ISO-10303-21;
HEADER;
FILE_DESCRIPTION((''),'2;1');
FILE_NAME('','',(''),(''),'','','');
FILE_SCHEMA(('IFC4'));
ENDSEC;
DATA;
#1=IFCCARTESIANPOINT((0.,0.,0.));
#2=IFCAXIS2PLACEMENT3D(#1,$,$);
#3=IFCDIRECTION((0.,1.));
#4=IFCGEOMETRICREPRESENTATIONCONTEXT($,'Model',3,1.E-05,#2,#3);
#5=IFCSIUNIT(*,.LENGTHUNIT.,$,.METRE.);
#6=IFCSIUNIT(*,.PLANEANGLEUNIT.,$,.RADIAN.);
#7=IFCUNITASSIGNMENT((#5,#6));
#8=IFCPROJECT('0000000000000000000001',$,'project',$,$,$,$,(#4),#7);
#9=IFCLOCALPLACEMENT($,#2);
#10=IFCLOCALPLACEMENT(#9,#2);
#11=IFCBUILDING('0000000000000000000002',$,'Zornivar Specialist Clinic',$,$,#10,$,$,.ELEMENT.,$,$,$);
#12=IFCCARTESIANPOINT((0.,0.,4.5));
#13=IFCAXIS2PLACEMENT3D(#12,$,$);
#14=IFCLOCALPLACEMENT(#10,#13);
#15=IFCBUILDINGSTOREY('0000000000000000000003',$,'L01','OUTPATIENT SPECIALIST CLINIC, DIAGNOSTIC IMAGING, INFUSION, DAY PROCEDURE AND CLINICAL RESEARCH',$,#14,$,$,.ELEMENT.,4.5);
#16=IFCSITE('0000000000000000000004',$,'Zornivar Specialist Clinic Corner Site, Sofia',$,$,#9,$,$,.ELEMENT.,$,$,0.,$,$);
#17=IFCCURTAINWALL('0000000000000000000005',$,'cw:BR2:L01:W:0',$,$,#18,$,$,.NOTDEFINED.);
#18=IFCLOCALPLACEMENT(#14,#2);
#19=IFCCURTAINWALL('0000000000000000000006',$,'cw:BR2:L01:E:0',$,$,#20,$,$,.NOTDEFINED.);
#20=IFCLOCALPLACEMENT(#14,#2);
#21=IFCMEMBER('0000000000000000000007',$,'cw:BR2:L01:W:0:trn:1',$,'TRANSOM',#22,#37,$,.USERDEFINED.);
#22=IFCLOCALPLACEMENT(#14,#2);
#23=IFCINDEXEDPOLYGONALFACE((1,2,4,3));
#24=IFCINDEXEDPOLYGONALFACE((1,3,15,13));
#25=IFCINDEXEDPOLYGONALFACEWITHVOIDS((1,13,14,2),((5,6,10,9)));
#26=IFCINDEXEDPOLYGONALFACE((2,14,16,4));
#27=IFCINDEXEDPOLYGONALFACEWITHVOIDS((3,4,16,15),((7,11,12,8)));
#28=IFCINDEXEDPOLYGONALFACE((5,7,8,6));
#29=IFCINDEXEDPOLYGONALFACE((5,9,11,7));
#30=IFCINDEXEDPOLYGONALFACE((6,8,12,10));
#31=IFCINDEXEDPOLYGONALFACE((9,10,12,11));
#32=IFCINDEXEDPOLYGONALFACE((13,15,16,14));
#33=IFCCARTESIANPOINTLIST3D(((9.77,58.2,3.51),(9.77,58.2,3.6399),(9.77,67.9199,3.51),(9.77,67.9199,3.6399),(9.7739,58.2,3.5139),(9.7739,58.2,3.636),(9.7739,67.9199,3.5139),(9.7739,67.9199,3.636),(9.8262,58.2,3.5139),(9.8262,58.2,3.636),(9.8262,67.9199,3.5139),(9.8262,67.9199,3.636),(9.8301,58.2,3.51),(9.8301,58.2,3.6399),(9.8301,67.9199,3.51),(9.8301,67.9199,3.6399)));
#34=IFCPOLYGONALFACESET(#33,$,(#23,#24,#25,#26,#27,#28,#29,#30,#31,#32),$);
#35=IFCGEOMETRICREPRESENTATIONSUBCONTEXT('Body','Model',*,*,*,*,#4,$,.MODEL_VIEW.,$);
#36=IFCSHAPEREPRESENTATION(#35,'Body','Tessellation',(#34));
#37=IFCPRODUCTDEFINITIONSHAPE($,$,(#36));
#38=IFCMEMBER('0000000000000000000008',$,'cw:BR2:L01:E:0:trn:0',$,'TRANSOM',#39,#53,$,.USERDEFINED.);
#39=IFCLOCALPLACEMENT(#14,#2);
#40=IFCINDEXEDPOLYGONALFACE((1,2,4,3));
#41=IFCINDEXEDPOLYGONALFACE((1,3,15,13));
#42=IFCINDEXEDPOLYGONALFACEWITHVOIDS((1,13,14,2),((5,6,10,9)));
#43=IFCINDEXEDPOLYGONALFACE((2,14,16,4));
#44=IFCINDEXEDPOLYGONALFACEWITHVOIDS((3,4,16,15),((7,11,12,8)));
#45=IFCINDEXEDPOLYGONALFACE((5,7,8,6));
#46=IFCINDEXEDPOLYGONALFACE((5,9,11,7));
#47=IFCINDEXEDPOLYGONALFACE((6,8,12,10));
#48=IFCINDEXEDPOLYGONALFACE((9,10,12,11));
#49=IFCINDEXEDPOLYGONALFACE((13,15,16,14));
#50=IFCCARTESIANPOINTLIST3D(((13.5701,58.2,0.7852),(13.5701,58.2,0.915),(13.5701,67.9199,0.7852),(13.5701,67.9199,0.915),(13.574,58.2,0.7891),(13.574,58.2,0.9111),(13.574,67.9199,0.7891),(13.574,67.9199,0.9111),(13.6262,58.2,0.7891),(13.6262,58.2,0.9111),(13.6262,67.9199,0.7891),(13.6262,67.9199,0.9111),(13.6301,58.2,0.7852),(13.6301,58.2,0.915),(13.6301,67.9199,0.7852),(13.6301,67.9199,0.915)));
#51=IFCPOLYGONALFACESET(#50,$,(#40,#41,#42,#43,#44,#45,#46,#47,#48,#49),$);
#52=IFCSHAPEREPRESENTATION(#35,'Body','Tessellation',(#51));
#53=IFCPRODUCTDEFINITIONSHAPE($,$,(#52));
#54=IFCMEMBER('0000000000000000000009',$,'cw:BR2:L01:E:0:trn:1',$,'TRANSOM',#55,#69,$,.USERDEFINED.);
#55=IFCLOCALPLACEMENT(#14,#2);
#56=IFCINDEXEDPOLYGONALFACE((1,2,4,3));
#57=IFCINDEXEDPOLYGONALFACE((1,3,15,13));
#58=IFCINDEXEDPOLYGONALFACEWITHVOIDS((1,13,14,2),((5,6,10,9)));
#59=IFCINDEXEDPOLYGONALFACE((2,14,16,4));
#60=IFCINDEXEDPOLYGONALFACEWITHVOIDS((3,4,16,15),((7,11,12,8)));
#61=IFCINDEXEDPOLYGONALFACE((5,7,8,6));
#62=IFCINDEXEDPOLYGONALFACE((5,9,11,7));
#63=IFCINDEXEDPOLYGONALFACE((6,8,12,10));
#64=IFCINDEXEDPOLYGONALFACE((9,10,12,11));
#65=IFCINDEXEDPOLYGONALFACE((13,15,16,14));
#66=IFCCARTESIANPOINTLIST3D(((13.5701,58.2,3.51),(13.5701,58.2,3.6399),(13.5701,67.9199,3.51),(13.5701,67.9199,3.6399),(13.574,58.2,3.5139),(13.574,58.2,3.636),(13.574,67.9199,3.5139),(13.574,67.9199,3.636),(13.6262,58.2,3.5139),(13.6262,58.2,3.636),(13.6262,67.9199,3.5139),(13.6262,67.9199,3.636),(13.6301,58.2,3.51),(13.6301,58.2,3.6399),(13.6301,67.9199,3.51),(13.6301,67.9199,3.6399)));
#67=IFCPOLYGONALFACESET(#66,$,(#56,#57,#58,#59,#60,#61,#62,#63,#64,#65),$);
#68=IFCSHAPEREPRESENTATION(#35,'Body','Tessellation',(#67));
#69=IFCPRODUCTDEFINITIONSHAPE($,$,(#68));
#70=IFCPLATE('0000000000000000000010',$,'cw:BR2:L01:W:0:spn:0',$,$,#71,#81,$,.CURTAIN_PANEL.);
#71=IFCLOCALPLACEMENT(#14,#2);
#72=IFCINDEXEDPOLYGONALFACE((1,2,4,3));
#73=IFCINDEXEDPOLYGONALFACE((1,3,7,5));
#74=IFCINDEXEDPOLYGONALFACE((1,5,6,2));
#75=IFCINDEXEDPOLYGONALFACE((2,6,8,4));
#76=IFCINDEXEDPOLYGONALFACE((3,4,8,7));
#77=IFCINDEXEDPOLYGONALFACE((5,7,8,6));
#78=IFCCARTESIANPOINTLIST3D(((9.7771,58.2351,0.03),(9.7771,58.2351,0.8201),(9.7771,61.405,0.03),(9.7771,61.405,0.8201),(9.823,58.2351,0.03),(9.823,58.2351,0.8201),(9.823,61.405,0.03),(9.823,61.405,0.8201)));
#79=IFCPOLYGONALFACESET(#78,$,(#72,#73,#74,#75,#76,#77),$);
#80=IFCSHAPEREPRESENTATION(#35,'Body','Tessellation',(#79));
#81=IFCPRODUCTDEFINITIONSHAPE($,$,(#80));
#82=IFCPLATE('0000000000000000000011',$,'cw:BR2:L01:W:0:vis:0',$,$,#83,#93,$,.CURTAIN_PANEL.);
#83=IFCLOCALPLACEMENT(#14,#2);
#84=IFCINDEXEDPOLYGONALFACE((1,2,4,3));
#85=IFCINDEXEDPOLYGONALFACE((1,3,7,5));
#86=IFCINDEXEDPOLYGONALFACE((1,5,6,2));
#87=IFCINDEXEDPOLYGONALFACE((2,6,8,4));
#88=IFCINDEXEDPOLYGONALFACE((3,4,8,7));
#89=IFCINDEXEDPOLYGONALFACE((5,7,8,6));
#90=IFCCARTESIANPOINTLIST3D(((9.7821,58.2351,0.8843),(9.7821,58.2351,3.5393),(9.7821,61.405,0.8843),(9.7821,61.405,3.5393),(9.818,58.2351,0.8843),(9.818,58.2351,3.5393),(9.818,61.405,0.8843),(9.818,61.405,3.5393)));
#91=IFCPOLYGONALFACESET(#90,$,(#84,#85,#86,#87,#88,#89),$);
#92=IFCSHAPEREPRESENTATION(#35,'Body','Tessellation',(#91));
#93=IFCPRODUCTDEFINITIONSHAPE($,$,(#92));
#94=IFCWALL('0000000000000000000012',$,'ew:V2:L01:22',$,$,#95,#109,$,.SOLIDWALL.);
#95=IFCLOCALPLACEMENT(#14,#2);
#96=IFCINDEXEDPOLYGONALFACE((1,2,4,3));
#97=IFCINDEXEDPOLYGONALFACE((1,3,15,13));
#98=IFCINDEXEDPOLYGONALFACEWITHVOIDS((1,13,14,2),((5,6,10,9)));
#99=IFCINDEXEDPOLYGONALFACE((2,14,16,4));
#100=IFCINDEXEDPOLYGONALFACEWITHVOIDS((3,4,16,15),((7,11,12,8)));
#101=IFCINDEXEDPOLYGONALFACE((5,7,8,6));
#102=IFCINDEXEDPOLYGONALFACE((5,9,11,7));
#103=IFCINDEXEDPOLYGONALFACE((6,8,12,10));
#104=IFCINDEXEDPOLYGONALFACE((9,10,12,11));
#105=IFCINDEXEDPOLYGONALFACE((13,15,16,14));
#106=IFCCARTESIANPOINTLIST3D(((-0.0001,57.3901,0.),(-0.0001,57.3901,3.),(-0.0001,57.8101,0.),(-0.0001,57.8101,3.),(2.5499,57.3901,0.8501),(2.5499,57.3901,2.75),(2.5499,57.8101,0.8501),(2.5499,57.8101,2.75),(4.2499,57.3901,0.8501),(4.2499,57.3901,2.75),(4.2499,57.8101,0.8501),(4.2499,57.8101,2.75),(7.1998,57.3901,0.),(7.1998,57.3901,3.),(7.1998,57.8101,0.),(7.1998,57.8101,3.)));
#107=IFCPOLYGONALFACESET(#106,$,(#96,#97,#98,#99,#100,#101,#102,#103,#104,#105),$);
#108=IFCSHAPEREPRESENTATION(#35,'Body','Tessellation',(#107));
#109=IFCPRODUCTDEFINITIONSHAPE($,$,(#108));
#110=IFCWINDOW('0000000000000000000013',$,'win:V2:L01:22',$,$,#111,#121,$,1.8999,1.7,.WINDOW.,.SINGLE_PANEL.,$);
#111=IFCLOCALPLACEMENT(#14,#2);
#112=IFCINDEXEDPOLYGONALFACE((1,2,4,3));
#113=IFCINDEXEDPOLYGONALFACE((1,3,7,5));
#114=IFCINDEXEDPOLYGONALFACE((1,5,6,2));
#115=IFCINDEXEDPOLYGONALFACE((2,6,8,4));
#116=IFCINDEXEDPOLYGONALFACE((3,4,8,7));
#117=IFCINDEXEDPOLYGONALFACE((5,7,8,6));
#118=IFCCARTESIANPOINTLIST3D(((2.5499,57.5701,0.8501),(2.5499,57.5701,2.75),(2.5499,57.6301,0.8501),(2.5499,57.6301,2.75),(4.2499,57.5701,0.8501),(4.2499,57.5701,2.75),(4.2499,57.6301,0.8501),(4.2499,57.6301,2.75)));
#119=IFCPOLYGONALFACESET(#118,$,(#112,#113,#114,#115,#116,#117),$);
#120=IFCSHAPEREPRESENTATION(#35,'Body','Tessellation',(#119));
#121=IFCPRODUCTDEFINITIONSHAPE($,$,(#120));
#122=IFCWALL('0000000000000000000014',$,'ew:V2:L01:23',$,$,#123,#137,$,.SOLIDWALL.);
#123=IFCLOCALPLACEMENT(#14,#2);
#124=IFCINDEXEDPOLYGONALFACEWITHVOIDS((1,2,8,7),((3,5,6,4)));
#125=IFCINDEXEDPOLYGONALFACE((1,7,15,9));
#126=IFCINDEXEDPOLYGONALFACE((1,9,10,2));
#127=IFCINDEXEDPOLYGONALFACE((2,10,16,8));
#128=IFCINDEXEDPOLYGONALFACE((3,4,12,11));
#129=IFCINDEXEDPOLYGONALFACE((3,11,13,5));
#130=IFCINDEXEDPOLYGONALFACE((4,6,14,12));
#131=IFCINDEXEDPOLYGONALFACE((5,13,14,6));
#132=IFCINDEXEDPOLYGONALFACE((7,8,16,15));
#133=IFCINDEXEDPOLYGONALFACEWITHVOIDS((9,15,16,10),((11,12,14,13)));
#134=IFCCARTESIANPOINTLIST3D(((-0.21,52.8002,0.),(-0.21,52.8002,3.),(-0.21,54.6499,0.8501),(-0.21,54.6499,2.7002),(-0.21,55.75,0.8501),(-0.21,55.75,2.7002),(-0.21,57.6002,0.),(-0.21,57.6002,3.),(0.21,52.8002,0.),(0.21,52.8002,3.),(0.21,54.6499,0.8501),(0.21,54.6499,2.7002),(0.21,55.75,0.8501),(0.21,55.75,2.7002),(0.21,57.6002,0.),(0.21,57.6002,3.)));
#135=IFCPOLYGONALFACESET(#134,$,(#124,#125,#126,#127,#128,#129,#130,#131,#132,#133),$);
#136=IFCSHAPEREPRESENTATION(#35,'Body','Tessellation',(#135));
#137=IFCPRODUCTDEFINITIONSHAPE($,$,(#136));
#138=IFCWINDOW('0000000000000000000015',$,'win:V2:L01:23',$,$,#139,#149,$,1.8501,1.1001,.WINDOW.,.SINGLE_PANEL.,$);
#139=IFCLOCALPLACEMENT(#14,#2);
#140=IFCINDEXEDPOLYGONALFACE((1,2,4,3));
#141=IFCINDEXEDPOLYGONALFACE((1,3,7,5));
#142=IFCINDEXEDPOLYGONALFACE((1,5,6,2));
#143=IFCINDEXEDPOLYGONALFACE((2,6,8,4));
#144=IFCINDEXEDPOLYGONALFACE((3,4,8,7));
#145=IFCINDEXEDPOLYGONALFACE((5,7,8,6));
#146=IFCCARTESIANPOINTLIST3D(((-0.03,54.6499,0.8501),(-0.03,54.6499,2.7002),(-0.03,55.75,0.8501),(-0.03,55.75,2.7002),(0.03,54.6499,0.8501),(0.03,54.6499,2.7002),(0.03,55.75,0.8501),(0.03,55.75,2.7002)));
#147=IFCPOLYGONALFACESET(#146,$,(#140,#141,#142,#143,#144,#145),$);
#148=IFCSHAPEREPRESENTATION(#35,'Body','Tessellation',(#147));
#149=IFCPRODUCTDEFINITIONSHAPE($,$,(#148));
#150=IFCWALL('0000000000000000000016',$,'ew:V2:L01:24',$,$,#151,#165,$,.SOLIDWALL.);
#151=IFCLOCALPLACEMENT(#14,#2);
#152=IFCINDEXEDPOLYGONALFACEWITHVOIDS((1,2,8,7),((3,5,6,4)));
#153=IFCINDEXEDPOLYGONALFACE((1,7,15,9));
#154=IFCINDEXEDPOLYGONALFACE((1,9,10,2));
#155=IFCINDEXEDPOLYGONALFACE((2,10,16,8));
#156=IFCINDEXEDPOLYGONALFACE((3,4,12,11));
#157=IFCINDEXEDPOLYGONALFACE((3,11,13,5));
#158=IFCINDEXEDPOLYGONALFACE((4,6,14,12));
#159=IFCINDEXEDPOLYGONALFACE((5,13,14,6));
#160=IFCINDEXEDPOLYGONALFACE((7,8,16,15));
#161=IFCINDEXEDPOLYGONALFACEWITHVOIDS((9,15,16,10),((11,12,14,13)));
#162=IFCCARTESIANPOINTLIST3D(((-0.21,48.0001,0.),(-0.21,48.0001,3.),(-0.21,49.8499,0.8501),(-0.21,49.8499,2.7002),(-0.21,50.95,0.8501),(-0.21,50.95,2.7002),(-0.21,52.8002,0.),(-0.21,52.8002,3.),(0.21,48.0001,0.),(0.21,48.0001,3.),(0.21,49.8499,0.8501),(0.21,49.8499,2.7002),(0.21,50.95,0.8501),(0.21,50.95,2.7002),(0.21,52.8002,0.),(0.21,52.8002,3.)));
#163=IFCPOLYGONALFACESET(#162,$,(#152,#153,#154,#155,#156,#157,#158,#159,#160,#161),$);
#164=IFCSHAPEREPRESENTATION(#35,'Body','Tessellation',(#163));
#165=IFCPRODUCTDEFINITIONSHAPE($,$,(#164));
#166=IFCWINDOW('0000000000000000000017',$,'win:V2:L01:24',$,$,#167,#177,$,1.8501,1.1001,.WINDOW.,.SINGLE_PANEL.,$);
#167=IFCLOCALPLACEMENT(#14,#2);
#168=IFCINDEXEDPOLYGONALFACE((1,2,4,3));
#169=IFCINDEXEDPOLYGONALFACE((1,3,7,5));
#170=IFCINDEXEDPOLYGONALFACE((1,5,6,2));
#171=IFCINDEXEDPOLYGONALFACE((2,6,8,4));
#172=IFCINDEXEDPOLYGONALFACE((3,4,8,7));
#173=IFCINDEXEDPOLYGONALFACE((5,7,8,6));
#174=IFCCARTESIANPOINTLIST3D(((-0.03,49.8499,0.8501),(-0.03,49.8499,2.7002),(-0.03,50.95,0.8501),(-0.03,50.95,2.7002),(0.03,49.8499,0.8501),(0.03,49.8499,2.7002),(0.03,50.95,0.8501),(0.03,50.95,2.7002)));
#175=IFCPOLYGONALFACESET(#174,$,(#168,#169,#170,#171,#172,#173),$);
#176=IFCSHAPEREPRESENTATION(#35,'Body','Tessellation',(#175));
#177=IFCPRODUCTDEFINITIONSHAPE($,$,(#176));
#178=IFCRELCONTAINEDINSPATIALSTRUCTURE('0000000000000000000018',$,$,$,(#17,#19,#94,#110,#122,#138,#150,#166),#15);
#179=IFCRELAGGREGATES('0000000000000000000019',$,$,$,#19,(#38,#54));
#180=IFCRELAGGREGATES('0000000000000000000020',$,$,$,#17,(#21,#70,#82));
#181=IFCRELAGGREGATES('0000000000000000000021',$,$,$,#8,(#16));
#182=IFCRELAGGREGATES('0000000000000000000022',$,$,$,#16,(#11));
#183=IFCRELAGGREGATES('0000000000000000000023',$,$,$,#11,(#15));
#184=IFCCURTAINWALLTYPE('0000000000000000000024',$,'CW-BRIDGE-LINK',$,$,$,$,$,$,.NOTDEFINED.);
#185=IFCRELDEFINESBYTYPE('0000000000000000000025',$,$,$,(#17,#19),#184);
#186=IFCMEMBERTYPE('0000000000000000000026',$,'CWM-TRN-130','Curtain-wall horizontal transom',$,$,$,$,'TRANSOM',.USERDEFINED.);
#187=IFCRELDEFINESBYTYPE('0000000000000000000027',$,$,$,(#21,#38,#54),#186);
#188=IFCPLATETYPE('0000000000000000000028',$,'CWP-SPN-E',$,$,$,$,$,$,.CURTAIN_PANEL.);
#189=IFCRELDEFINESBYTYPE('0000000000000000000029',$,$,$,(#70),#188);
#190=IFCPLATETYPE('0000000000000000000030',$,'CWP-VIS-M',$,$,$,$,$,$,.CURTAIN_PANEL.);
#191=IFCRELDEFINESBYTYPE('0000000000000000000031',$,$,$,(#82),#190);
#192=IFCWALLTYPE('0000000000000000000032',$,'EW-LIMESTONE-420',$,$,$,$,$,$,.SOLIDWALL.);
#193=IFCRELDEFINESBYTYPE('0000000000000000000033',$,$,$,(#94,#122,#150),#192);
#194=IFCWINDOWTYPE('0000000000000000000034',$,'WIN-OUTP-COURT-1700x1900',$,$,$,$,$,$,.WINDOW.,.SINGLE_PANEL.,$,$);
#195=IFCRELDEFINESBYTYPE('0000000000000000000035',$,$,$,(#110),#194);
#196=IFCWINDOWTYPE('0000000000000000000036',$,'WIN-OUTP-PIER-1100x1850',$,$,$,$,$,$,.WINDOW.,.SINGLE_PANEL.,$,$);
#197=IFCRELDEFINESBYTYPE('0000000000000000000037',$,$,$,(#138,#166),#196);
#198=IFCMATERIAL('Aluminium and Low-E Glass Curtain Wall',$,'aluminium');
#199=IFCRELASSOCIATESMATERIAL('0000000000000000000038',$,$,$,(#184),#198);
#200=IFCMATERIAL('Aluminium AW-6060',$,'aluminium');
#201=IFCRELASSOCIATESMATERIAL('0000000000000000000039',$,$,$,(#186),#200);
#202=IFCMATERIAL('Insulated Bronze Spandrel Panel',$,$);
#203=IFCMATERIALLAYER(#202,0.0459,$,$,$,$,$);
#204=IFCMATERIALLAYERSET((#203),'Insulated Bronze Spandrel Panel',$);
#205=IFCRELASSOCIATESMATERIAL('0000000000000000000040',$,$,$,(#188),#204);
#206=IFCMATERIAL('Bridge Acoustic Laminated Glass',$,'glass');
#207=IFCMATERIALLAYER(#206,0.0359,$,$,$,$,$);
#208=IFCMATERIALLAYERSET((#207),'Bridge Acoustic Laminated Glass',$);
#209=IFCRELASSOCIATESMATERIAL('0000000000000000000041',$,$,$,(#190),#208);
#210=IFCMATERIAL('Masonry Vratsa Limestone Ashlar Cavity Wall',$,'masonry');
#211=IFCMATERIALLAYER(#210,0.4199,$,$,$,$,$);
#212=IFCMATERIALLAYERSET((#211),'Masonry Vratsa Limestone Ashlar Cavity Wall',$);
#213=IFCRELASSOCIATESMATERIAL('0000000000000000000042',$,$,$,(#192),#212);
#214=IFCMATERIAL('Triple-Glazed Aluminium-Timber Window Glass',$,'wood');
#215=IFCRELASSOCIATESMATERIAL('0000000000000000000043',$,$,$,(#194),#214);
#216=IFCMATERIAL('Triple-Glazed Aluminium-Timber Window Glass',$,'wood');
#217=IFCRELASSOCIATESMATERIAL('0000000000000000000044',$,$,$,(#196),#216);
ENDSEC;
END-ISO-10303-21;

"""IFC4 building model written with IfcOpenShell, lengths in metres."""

from ifc_helpers import new_model, si_unit, direction, frame, frame_2d, origin, origin_2d, place, context, subcontext, project, spatial, rectangle, hollow_rectangle, extrude, material, layer, layer_set, material_profile, profile_set, type_object, element, fill, aggregate, save


model = new_model("IFC4")

# Units and contexts
model_context = context("Model", 3, precision=1e-05, world=origin(), true_north=direction((0.0, 1.0)))
body_context = subcontext(model_context, "Body", "Model", "MODEL_VIEW")
ifc_project = project(units=[si_unit("LENGTHUNIT", "METRE"), si_unit("PLANEANGLEUNIT", "RADIAN")], contexts=[model_context])

# Site, building, storey
site_placement = place(None, origin())
site = spatial("IfcSite", under=ifc_project, at=site_placement, Name="Zornivar Specialist Clinic Corner Site, Sofia", CompositionType="ELEMENT", RefElevation=0.0)
building_placement = place(site_placement, origin())
building = spatial("IfcBuilding", under=site, at=building_placement, Name="Zornivar Specialist Clinic", CompositionType="ELEMENT")
storey_placement = place(building_placement, frame((0.0, 0.0, 4.5)))
storey = spatial("IfcBuildingStorey", under=building, at=storey_placement, Name="L01", Description="OUTPATIENT SPECIALIST CLINIC, DIAGNOSTIC IMAGING, INFUSION, DAY PROCEDURE AND CLINICAL RESEARCH", CompositionType="ELEMENT", Elevation=4.5)

# Curtain walls
ifc_material_1 = material(Name="Aluminium and Low-E Glass Curtain Wall", Category="aluminium")
curtain_wall_type = type_object("IfcCurtainWallType", Name="CW-BRIDGE-LINK", PredefinedType="NOTDEFINED", material=ifc_material_1)
curtain_wall_1_placement = place(storey_placement, origin())
curtain_wall_1 = element("IfcCurtainWall", 1, at=curtain_wall_1_placement, inside=storey, type_object=curtain_wall_type, Name="cw:BR2:L01:W:0", PredefinedType="NOTDEFINED")
curtain_wall_2_placement = place(storey_placement, origin())
curtain_wall_2 = element("IfcCurtainWall", 2, at=curtain_wall_2_placement, inside=storey, type_object=curtain_wall_type, Name="cw:BR2:L01:E:0", PredefinedType="NOTDEFINED")

# Members
ifc_material_2 = material(Name="Aluminium AW-6060", Category="aluminium")
ifc_material_profile_1 = material_profile(ifc_material_2, hollow_rectangle(XDim=0.0601, YDim=0.1299, WallThickness=0.0039, at=origin_2d()), Name="ALU 60x130x4")
ifc_profile_set_1 = profile_set([ifc_material_profile_1], Name="Aluminium AW-6060")
member_type_1 = type_object("IfcMemberType", Name="CWM-TRN-130", Description="Curtain-wall horizontal transom", ElementType="TRANSOM", PredefinedType="USERDEFINED", material=ifc_profile_set_1)
member_1_placement = place(storey_placement, frame((9.8, 58.2, 3.575), z_axis=(0.0, 1.0, 0.0), x_axis=(-1.0, 0.0, 0.0)))
member_1 = element("IfcMember", 3, at=member_1_placement, type_object=member_type_1, Name="cw:BR2:L01:W:0:trn:1", ObjectType="TRANSOM", PredefinedType="USERDEFINED", context=body_context, shape_type="SweptSolid", body=[
    extrude(hollow_rectangle(XDim=0.0601, YDim=0.1299, WallThickness=0.0039, at=origin_2d()), origin(), (0.0, 0.0, 1.0), 9.72),
])
member_2_placement = place(storey_placement, frame((13.6001, 58.2, 0.8501), z_axis=(0.0, 1.0, 0.0), x_axis=(-1.0, 0.0, 0.0)))
member_2 = element("IfcMember", 4, at=member_2_placement, type_object=member_type_1, Name="cw:BR2:L01:E:0:trn:0", ObjectType="TRANSOM", PredefinedType="USERDEFINED", context=body_context, shape_type="SweptSolid", body=[
    extrude(hollow_rectangle(XDim=0.0601, YDim=0.1299, WallThickness=0.0039, at=origin_2d()), origin(), (0.0, 0.0, 1.0), 9.72),
])
member_3_placement = place(storey_placement, frame((13.6001, 58.2, 3.575), z_axis=(0.0, 1.0, 0.0), x_axis=(-1.0, 0.0, 0.0)))
member_3 = element("IfcMember", 5, at=member_3_placement, type_object=member_type_1, Name="cw:BR2:L01:E:0:trn:1", ObjectType="TRANSOM", PredefinedType="USERDEFINED", context=body_context, shape_type="SweptSolid", body=[
    extrude(hollow_rectangle(XDim=0.0601, YDim=0.1299, WallThickness=0.0039, at=origin_2d()), origin(), (0.0, 0.0, 1.0), 9.72),
])
aggregate(curtain_wall_2, [member_2, member_3])

# Plates
ifc_material_3 = material(Name="Insulated Bronze Spandrel Panel")
ifc_layer_1 = layer(ifc_material_3, 0.0459)
ifc_layer_set_1 = layer_set([ifc_layer_1], Name="Insulated Bronze Spandrel Panel")
plate_type_1 = type_object("IfcPlateType", Name="CWP-SPN-E", PredefinedType="CURTAIN_PANEL", material=ifc_layer_set_1)
plate_1_placement = place(storey_placement, frame((9.8, 59.8201, 0.03), z_axis=(0.0, 0.0, 1.0), x_axis=(0.0, 1.0, 0.0)))
plate_1 = element("IfcPlate", 6, at=plate_1_placement, type_object=plate_type_1, Name="cw:BR2:L01:W:0:spn:0", PredefinedType="CURTAIN_PANEL", context=body_context, shape_type="SweptSolid", body=[
    extrude(rectangle(XDim=3.1699, YDim=0.0459, at=origin_2d()), origin(), (0.0, 0.0, 1.0), 0.79),
])
ifc_material_4 = material(Name="Bridge Acoustic Laminated Glass", Category="glass")
ifc_layer_2 = layer(ifc_material_4, 0.0359)
ifc_layer_set_2 = layer_set([ifc_layer_2], Name="Bridge Acoustic Laminated Glass")
plate_type_2 = type_object("IfcPlateType", Name="CWP-VIS-M", PredefinedType="CURTAIN_PANEL", material=ifc_layer_set_2)
plate_2_placement = place(storey_placement, frame((9.8, 59.8201, 0.8843), z_axis=(0.0, 0.0, 1.0), x_axis=(0.0, 1.0, 0.0)))
plate_2 = element("IfcPlate", 7, at=plate_2_placement, type_object=plate_type_2, Name="cw:BR2:L01:W:0:vis:0", PredefinedType="CURTAIN_PANEL", context=body_context, shape_type="SweptSolid", body=[
    extrude(rectangle(XDim=3.1699, YDim=0.0359, at=origin_2d()), origin(), (0.0, 0.0, 1.0), 2.655),
])
aggregate(curtain_wall_1, [member_1, plate_1, plate_2])

# Walls, openings, windows
ifc_material_5 = material(Name="Masonry Vratsa Limestone Ashlar Cavity Wall", Category="masonry")
ifc_layer_3 = layer(ifc_material_5, 0.4199)
ifc_layer_set_3 = layer_set([ifc_layer_3], Name="Masonry Vratsa Limestone Ashlar Cavity Wall")
wall_type_1 = type_object("IfcWallType", Name="EW-LIMESTONE-420", PredefinedType="SOLIDWALL", material=ifc_layer_set_3)
wall_1_placement = place(storey_placement, frame((7.2, 57.6001, 0.0), z_axis=(0.0, 0.0, 1.0), x_axis=(-1.0, 0.0, 0.0)))
wall_1 = element("IfcWall", 8, at=wall_1_placement, inside=storey, type_object=wall_type_1, Name="ew:V2:L01:22", PredefinedType="SOLIDWALL", context=body_context, shape_type="SweptSolid", body=[
    extrude(rectangle(XDim=7.2, YDim=0.4199, at=frame_2d((3.6001, 0.0))), origin(), (0.0, 0.0, 1.0), 3.0),
])
opening_1_placement = place(wall_1_placement, frame((2.95, 0.0, 0.8501)))
opening_1 = element("IfcOpeningElement", 9, at=opening_1_placement, cuts=wall_1, PredefinedType="OPENING", context=body_context, shape_type="SweptSolid", body=[
    extrude(rectangle(XDim=1.7, YDim=1.8999, at=frame_2d((0.8501, 0.95))), frame((0.0, 0.22, 0.0), z_axis=(0.0, -1.0, 0.0), x_axis=(1.0, 0.0, 0.0)), (0.0, 0.0, 1.0), 0.4399),
])
ifc_material_6 = material(Name="Triple-Glazed Aluminium-Timber Window Glass", Category="wood")
window_type_1 = type_object("IfcWindowType", Name="WIN-OUTP-COURT-1700x1900", PartitioningType="SINGLE_PANEL", PredefinedType="WINDOW", material=ifc_material_6)
window_1_placement = place(opening_1_placement, origin())
window_1 = element("IfcWindow", 10, at=window_1_placement, inside=storey, type_object=window_type_1, Name="win:V2:L01:22", OverallHeight=1.8999, OverallWidth=1.7, PartitioningType="SINGLE_PANEL", PredefinedType="WINDOW", context=body_context, shape_type="SweptSolid", body=[
    extrude(rectangle(XDim=1.7, YDim=1.8999, at=frame_2d((0.8501, 0.95))), frame((0.0, 0.03, 0.0), z_axis=(0.0, -1.0, 0.0), x_axis=(1.0, 0.0, 0.0)), (0.0, 0.0, 1.0), 0.0601),
])
fill(opening_1, window_1)
wall_2_placement = place(storey_placement, frame((0.0, 57.6001, 0.0), z_axis=(0.0, 0.0, 1.0), x_axis=(0.0, -1.0, 0.0)))
wall_2 = element("IfcWall", 11, at=wall_2_placement, inside=storey, type_object=wall_type_1, Name="ew:V2:L01:23", PredefinedType="SOLIDWALL", context=body_context, shape_type="SweptSolid", body=[
    extrude(rectangle(XDim=4.8, YDim=0.4199, at=frame_2d((2.3999, 0.0))), origin(), (0.0, 0.0, 1.0), 3.0),
])
opening_2_placement = place(wall_2_placement, frame((1.8501, 0.0, 0.8501)))
opening_2 = element("IfcOpeningElement", 12, at=opening_2_placement, cuts=wall_2, PredefinedType="OPENING", context=body_context, shape_type="SweptSolid", body=[
    extrude(rectangle(XDim=1.1001, YDim=1.8501, at=frame_2d((0.55, 0.925))), frame((0.0, 0.22, 0.0), z_axis=(0.0, -1.0, 0.0), x_axis=(1.0, 0.0, 0.0)), (0.0, 0.0, 1.0), 0.4399),
])
ifc_material_7 = material(Name="Triple-Glazed Aluminium-Timber Window Glass", Category="wood")
window_type_2 = type_object("IfcWindowType", Name="WIN-OUTP-PIER-1100x1850", PartitioningType="SINGLE_PANEL", PredefinedType="WINDOW", material=ifc_material_7)
window_2_placement = place(opening_2_placement, origin())
window_2 = element("IfcWindow", 13, at=window_2_placement, inside=storey, type_object=window_type_2, Name="win:V2:L01:23", OverallHeight=1.8501, OverallWidth=1.1001, PartitioningType="SINGLE_PANEL", PredefinedType="WINDOW", context=body_context, shape_type="SweptSolid", body=[
    extrude(rectangle(XDim=1.1001, YDim=1.8501, at=frame_2d((0.55, 0.925))), frame((0.0, 0.03, 0.0), z_axis=(0.0, -1.0, 0.0), x_axis=(1.0, 0.0, 0.0)), (0.0, 0.0, 1.0), 0.0601),
])
fill(opening_2, window_2)
wall_3_placement = place(storey_placement, frame((0.0, 52.8, 0.0), z_axis=(0.0, 0.0, 1.0), x_axis=(0.0, -1.0, 0.0)))
wall_3 = element("IfcWall", 14, at=wall_3_placement, inside=storey, type_object=wall_type_1, Name="ew:V2:L01:24", PredefinedType="SOLIDWALL", context=body_context, shape_type="SweptSolid", body=[
    extrude(rectangle(XDim=4.8, YDim=0.4199, at=frame_2d((2.3999, 0.0))), origin(), (0.0, 0.0, 1.0), 3.0),
])
opening_3_placement = place(wall_3_placement, frame((1.8501, 0.0, 0.8501)))
opening_3 = element("IfcOpeningElement", 15, at=opening_3_placement, cuts=wall_3, PredefinedType="OPENING", context=body_context, shape_type="SweptSolid", body=[
    extrude(rectangle(XDim=1.1001, YDim=1.8501, at=frame_2d((0.55, 0.925))), frame((0.0, 0.22, 0.0), z_axis=(0.0, -1.0, 0.0), x_axis=(1.0, 0.0, 0.0)), (0.0, 0.0, 1.0), 0.4399),
])
window_3_placement = place(opening_3_placement, origin())
window_3 = element("IfcWindow", 16, at=window_3_placement, inside=storey, type_object=window_type_2, Name="win:V2:L01:24", OverallHeight=1.8501, OverallWidth=1.1001, PartitioningType="SINGLE_PANEL", PredefinedType="WINDOW", context=body_context, shape_type="SweptSolid", body=[
    extrude(rectangle(XDim=1.1001, YDim=1.8501, at=frame_2d((0.55, 0.925))), frame((0.0, 0.03, 0.0), z_axis=(0.0, -1.0, 0.0), x_axis=(1.0, 0.0, 0.0)), (0.0, 0.0, 1.0), 0.0601),
])
fill(opening_3, window_3)

save(model, "model.ifc")
